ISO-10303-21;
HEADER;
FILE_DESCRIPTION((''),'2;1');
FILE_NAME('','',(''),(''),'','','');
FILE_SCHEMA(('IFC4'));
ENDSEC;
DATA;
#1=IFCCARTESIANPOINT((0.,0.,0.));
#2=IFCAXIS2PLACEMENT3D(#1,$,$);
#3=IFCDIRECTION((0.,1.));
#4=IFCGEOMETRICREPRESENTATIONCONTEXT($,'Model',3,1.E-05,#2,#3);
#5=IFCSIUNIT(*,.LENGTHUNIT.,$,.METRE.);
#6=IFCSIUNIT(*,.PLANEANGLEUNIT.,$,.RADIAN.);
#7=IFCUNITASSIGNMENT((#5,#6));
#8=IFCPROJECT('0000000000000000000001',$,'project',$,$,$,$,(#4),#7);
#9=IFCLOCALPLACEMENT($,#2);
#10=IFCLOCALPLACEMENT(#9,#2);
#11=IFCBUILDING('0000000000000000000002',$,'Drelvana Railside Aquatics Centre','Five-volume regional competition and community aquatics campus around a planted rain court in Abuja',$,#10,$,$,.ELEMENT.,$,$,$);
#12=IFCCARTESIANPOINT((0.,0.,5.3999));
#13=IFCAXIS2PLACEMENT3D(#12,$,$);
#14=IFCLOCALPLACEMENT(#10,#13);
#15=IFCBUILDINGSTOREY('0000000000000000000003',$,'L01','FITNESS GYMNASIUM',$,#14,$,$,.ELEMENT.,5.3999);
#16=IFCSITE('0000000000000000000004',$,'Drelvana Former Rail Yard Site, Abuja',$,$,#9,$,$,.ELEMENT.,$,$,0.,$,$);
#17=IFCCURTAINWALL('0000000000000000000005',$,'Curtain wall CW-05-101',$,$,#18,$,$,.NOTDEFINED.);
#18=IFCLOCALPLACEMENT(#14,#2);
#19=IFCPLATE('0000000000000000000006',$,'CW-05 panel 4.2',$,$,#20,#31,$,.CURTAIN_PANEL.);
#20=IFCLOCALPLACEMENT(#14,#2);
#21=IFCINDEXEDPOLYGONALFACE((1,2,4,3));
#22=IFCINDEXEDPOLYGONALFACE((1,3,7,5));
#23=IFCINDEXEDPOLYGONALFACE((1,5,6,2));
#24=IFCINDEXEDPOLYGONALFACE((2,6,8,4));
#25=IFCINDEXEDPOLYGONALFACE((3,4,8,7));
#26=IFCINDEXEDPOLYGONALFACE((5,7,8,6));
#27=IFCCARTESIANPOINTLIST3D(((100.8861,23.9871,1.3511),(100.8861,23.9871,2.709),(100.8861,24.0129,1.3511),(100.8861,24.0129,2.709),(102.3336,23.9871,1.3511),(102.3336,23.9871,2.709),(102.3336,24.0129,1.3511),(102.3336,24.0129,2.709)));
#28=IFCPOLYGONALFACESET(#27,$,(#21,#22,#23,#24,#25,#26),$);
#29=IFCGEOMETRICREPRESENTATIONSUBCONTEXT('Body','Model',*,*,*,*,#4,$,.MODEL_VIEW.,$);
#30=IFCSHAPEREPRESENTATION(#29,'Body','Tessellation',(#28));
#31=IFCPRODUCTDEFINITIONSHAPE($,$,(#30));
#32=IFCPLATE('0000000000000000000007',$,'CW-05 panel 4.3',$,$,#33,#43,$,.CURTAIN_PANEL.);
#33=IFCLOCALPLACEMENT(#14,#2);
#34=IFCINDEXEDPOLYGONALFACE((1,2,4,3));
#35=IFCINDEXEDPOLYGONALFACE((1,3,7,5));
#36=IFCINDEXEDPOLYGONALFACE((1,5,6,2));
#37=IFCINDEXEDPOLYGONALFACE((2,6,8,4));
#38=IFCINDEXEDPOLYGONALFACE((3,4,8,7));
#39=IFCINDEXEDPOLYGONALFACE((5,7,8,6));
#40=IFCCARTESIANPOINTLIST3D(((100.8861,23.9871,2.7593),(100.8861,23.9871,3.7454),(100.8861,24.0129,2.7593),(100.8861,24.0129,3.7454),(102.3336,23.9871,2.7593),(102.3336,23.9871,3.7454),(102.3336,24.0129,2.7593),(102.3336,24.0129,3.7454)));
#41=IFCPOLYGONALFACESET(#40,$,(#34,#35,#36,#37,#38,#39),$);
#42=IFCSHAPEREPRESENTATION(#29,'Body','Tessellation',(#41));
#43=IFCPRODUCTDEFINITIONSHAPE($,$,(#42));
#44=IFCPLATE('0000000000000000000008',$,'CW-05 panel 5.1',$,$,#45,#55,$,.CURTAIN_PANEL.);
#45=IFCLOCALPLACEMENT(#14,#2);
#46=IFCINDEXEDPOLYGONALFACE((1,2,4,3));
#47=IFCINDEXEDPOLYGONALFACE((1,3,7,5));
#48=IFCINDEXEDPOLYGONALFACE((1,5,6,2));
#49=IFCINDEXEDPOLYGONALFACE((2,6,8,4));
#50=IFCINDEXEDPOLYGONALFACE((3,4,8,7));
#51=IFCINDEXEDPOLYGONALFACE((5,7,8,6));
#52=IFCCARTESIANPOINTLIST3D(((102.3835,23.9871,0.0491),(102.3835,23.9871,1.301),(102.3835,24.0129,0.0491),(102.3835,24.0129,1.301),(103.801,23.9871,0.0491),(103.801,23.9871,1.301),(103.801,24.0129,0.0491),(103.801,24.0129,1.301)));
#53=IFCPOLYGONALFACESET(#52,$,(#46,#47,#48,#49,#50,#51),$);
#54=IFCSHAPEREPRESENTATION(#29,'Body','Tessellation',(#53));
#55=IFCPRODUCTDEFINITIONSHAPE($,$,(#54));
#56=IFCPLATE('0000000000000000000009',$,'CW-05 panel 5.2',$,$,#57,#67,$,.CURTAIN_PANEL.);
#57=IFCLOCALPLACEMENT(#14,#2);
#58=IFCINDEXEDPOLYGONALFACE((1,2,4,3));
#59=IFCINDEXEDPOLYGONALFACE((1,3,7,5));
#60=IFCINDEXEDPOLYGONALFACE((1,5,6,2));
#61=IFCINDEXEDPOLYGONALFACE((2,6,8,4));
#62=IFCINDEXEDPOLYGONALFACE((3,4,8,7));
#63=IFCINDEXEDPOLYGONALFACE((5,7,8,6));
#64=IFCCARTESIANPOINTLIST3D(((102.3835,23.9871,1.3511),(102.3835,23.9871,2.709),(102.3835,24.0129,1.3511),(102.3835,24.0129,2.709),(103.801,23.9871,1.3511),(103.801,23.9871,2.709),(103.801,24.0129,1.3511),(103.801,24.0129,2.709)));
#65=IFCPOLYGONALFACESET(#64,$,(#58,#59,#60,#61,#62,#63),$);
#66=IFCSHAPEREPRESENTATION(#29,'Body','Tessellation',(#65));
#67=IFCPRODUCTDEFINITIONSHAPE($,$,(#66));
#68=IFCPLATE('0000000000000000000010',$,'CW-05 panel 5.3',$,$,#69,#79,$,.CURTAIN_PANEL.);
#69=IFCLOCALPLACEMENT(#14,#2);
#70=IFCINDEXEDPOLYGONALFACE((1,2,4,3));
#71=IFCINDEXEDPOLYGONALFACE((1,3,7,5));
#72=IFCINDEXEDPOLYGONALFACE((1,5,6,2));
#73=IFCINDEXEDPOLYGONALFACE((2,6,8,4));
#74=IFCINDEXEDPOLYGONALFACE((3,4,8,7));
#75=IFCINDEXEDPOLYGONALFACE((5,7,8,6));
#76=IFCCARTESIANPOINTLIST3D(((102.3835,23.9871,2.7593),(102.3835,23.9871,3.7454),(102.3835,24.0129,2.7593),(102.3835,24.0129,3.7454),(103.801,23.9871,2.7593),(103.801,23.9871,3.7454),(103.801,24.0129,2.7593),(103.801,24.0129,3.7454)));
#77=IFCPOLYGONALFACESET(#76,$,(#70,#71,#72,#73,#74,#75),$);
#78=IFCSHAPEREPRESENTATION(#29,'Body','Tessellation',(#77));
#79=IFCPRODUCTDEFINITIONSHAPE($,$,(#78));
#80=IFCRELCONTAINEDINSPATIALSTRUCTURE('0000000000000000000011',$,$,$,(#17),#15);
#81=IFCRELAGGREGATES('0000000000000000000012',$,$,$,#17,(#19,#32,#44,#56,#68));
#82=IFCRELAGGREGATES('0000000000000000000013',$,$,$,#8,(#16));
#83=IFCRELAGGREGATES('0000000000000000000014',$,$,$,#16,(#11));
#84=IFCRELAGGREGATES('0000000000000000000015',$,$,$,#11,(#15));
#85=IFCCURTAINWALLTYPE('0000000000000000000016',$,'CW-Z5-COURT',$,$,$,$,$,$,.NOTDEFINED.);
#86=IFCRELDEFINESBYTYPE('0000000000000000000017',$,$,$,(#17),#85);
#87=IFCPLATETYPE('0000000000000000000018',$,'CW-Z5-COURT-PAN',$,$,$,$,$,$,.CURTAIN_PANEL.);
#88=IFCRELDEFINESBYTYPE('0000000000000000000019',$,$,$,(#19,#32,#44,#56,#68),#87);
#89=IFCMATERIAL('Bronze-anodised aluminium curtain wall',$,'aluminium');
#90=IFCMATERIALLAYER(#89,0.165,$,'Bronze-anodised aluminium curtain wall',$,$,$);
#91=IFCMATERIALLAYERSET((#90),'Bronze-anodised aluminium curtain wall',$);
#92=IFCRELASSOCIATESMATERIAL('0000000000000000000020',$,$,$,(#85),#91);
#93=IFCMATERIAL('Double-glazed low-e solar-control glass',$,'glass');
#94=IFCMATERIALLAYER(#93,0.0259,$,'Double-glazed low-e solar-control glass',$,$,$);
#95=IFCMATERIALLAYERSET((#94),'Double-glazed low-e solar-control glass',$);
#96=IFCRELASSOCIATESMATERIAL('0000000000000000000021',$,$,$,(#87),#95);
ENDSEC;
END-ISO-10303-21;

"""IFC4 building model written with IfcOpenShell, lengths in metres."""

from ifc_helpers import new_model, si_unit, direction, frame, origin, origin_2d, place, context, subcontext, project, spatial, rectangle, extrude, material, layer, layer_set, type_object, element, aggregate, save


model = new_model("IFC4")

# Units and contexts
model_context = context("Model", 3, precision=1e-05, world=origin(), true_north=direction((0.0, 1.0)))
body_context = subcontext(model_context, "Body", "Model", "MODEL_VIEW")
ifc_project = project(units=[si_unit("LENGTHUNIT", "METRE"), si_unit("PLANEANGLEUNIT", "RADIAN")], contexts=[model_context])

# Site, building, storey
site_placement = place(None, origin())
site = spatial("IfcSite", under=ifc_project, at=site_placement, Name="Drelvana Former Rail Yard Site, Abuja", CompositionType="ELEMENT", RefElevation=0.0)
building_placement = place(site_placement, origin())
building = spatial("IfcBuilding", under=site, at=building_placement, Name="Drelvana Railside Aquatics Centre", Description="Five-volume regional competition and community aquatics campus around a planted rain court in Abuja", CompositionType="ELEMENT")
storey_placement = place(building_placement, frame((0.0, 0.0, 5.3999)))
storey = spatial("IfcBuildingStorey", under=building, at=storey_placement, Name="L01", Description="FITNESS GYMNASIUM", CompositionType="ELEMENT", Elevation=5.3999)

# Curtain wall
ifc_material_1 = material(Name="Bronze-anodised aluminium curtain wall", Category="aluminium")
ifc_layer_1 = layer(ifc_material_1, 0.165, Name="Bronze-anodised aluminium curtain wall")
ifc_layer_set_1 = layer_set([ifc_layer_1], Name="Bronze-anodised aluminium curtain wall")
curtain_wall_type = type_object("IfcCurtainWallType", Name="CW-Z5-COURT", PredefinedType="NOTDEFINED", material=ifc_layer_set_1)
curtain_wall_1_placement = place(storey_placement, origin())
curtain_wall_1 = element("IfcCurtainWall", 1, at=curtain_wall_1_placement, inside=storey, type_object=curtain_wall_type, Name="Curtain wall CW-05-101", PredefinedType="NOTDEFINED")

# Plates
ifc_material_2 = material(Name="Double-glazed low-e solar-control glass", Category="glass")
ifc_layer_2 = layer(ifc_material_2, 0.0259, Name="Double-glazed low-e solar-control glass")
ifc_layer_set_2 = layer_set([ifc_layer_2], Name="Double-glazed low-e solar-control glass")
plate_type = type_object("IfcPlateType", Name="CW-Z5-COURT-PAN", PredefinedType="CURTAIN_PANEL", material=ifc_layer_set_2)
plate_1_placement = place(storey_placement, frame((101.6099, 24.0, 1.3511), z_axis=(0.0, 0.0, 1.0), x_axis=(1.0, 0.0, 0.0)))
plate_1 = element("IfcPlate", 2, at=plate_1_placement, type_object=plate_type, Name="CW-05 panel 4.2", PredefinedType="CURTAIN_PANEL", context=body_context, shape_type="SweptSolid", body=[
    extrude(rectangle(XDim=1.4475, YDim=0.0259, at=origin_2d()), origin(), (0.0, 0.0, 1.0), 1.3579),
])
plate_2_placement = place(storey_placement, frame((101.6099, 24.0, 2.7593), z_axis=(0.0, 0.0, 1.0), x_axis=(1.0, 0.0, 0.0)))
plate_2 = element("IfcPlate", 3, at=plate_2_placement, type_object=plate_type, Name="CW-05 panel 4.3", PredefinedType="CURTAIN_PANEL", context=body_context, shape_type="SweptSolid", body=[
    extrude(rectangle(XDim=1.4475, YDim=0.0259, at=origin_2d()), origin(), (0.0, 0.0, 1.0), 0.9861),
])
plate_3_placement = place(storey_placement, frame((103.0923, 24.0, 0.0491), z_axis=(0.0, 0.0, 1.0), x_axis=(1.0, 0.0, 0.0)))
plate_3 = element("IfcPlate", 4, at=plate_3_placement, type_object=plate_type, Name="CW-05 panel 5.1", PredefinedType="CURTAIN_PANEL", context=body_context, shape_type="SweptSolid", body=[
    extrude(rectangle(XDim=1.4175, YDim=0.0259, at=origin_2d()), origin(), (0.0, 0.0, 1.0), 1.252),
])
plate_4_placement = place(storey_placement, frame((103.0923, 24.0, 1.3511), z_axis=(0.0, 0.0, 1.0), x_axis=(1.0, 0.0, 0.0)))
plate_4 = element("IfcPlate", 5, at=plate_4_placement, type_object=plate_type, Name="CW-05 panel 5.2", PredefinedType="CURTAIN_PANEL", context=body_context, shape_type="SweptSolid", body=[
    extrude(rectangle(XDim=1.4175, YDim=0.0259, at=origin_2d()), origin(), (0.0, 0.0, 1.0), 1.3579),
])
plate_5_placement = place(storey_placement, frame((103.0923, 24.0, 2.7593), z_axis=(0.0, 0.0, 1.0), x_axis=(1.0, 0.0, 0.0)))
plate_5 = element("IfcPlate", 6, at=plate_5_placement, type_object=plate_type, Name="CW-05 panel 5.3", PredefinedType="CURTAIN_PANEL", context=body_context, shape_type="SweptSolid", body=[
    extrude(rectangle(XDim=1.4175, YDim=0.0259, at=origin_2d()), origin(), (0.0, 0.0, 1.0), 0.9861),
])
aggregate(curtain_wall_1, [plate_1, plate_2, plate_3, plate_4, plate_5])

save(model, "model.ifc")
